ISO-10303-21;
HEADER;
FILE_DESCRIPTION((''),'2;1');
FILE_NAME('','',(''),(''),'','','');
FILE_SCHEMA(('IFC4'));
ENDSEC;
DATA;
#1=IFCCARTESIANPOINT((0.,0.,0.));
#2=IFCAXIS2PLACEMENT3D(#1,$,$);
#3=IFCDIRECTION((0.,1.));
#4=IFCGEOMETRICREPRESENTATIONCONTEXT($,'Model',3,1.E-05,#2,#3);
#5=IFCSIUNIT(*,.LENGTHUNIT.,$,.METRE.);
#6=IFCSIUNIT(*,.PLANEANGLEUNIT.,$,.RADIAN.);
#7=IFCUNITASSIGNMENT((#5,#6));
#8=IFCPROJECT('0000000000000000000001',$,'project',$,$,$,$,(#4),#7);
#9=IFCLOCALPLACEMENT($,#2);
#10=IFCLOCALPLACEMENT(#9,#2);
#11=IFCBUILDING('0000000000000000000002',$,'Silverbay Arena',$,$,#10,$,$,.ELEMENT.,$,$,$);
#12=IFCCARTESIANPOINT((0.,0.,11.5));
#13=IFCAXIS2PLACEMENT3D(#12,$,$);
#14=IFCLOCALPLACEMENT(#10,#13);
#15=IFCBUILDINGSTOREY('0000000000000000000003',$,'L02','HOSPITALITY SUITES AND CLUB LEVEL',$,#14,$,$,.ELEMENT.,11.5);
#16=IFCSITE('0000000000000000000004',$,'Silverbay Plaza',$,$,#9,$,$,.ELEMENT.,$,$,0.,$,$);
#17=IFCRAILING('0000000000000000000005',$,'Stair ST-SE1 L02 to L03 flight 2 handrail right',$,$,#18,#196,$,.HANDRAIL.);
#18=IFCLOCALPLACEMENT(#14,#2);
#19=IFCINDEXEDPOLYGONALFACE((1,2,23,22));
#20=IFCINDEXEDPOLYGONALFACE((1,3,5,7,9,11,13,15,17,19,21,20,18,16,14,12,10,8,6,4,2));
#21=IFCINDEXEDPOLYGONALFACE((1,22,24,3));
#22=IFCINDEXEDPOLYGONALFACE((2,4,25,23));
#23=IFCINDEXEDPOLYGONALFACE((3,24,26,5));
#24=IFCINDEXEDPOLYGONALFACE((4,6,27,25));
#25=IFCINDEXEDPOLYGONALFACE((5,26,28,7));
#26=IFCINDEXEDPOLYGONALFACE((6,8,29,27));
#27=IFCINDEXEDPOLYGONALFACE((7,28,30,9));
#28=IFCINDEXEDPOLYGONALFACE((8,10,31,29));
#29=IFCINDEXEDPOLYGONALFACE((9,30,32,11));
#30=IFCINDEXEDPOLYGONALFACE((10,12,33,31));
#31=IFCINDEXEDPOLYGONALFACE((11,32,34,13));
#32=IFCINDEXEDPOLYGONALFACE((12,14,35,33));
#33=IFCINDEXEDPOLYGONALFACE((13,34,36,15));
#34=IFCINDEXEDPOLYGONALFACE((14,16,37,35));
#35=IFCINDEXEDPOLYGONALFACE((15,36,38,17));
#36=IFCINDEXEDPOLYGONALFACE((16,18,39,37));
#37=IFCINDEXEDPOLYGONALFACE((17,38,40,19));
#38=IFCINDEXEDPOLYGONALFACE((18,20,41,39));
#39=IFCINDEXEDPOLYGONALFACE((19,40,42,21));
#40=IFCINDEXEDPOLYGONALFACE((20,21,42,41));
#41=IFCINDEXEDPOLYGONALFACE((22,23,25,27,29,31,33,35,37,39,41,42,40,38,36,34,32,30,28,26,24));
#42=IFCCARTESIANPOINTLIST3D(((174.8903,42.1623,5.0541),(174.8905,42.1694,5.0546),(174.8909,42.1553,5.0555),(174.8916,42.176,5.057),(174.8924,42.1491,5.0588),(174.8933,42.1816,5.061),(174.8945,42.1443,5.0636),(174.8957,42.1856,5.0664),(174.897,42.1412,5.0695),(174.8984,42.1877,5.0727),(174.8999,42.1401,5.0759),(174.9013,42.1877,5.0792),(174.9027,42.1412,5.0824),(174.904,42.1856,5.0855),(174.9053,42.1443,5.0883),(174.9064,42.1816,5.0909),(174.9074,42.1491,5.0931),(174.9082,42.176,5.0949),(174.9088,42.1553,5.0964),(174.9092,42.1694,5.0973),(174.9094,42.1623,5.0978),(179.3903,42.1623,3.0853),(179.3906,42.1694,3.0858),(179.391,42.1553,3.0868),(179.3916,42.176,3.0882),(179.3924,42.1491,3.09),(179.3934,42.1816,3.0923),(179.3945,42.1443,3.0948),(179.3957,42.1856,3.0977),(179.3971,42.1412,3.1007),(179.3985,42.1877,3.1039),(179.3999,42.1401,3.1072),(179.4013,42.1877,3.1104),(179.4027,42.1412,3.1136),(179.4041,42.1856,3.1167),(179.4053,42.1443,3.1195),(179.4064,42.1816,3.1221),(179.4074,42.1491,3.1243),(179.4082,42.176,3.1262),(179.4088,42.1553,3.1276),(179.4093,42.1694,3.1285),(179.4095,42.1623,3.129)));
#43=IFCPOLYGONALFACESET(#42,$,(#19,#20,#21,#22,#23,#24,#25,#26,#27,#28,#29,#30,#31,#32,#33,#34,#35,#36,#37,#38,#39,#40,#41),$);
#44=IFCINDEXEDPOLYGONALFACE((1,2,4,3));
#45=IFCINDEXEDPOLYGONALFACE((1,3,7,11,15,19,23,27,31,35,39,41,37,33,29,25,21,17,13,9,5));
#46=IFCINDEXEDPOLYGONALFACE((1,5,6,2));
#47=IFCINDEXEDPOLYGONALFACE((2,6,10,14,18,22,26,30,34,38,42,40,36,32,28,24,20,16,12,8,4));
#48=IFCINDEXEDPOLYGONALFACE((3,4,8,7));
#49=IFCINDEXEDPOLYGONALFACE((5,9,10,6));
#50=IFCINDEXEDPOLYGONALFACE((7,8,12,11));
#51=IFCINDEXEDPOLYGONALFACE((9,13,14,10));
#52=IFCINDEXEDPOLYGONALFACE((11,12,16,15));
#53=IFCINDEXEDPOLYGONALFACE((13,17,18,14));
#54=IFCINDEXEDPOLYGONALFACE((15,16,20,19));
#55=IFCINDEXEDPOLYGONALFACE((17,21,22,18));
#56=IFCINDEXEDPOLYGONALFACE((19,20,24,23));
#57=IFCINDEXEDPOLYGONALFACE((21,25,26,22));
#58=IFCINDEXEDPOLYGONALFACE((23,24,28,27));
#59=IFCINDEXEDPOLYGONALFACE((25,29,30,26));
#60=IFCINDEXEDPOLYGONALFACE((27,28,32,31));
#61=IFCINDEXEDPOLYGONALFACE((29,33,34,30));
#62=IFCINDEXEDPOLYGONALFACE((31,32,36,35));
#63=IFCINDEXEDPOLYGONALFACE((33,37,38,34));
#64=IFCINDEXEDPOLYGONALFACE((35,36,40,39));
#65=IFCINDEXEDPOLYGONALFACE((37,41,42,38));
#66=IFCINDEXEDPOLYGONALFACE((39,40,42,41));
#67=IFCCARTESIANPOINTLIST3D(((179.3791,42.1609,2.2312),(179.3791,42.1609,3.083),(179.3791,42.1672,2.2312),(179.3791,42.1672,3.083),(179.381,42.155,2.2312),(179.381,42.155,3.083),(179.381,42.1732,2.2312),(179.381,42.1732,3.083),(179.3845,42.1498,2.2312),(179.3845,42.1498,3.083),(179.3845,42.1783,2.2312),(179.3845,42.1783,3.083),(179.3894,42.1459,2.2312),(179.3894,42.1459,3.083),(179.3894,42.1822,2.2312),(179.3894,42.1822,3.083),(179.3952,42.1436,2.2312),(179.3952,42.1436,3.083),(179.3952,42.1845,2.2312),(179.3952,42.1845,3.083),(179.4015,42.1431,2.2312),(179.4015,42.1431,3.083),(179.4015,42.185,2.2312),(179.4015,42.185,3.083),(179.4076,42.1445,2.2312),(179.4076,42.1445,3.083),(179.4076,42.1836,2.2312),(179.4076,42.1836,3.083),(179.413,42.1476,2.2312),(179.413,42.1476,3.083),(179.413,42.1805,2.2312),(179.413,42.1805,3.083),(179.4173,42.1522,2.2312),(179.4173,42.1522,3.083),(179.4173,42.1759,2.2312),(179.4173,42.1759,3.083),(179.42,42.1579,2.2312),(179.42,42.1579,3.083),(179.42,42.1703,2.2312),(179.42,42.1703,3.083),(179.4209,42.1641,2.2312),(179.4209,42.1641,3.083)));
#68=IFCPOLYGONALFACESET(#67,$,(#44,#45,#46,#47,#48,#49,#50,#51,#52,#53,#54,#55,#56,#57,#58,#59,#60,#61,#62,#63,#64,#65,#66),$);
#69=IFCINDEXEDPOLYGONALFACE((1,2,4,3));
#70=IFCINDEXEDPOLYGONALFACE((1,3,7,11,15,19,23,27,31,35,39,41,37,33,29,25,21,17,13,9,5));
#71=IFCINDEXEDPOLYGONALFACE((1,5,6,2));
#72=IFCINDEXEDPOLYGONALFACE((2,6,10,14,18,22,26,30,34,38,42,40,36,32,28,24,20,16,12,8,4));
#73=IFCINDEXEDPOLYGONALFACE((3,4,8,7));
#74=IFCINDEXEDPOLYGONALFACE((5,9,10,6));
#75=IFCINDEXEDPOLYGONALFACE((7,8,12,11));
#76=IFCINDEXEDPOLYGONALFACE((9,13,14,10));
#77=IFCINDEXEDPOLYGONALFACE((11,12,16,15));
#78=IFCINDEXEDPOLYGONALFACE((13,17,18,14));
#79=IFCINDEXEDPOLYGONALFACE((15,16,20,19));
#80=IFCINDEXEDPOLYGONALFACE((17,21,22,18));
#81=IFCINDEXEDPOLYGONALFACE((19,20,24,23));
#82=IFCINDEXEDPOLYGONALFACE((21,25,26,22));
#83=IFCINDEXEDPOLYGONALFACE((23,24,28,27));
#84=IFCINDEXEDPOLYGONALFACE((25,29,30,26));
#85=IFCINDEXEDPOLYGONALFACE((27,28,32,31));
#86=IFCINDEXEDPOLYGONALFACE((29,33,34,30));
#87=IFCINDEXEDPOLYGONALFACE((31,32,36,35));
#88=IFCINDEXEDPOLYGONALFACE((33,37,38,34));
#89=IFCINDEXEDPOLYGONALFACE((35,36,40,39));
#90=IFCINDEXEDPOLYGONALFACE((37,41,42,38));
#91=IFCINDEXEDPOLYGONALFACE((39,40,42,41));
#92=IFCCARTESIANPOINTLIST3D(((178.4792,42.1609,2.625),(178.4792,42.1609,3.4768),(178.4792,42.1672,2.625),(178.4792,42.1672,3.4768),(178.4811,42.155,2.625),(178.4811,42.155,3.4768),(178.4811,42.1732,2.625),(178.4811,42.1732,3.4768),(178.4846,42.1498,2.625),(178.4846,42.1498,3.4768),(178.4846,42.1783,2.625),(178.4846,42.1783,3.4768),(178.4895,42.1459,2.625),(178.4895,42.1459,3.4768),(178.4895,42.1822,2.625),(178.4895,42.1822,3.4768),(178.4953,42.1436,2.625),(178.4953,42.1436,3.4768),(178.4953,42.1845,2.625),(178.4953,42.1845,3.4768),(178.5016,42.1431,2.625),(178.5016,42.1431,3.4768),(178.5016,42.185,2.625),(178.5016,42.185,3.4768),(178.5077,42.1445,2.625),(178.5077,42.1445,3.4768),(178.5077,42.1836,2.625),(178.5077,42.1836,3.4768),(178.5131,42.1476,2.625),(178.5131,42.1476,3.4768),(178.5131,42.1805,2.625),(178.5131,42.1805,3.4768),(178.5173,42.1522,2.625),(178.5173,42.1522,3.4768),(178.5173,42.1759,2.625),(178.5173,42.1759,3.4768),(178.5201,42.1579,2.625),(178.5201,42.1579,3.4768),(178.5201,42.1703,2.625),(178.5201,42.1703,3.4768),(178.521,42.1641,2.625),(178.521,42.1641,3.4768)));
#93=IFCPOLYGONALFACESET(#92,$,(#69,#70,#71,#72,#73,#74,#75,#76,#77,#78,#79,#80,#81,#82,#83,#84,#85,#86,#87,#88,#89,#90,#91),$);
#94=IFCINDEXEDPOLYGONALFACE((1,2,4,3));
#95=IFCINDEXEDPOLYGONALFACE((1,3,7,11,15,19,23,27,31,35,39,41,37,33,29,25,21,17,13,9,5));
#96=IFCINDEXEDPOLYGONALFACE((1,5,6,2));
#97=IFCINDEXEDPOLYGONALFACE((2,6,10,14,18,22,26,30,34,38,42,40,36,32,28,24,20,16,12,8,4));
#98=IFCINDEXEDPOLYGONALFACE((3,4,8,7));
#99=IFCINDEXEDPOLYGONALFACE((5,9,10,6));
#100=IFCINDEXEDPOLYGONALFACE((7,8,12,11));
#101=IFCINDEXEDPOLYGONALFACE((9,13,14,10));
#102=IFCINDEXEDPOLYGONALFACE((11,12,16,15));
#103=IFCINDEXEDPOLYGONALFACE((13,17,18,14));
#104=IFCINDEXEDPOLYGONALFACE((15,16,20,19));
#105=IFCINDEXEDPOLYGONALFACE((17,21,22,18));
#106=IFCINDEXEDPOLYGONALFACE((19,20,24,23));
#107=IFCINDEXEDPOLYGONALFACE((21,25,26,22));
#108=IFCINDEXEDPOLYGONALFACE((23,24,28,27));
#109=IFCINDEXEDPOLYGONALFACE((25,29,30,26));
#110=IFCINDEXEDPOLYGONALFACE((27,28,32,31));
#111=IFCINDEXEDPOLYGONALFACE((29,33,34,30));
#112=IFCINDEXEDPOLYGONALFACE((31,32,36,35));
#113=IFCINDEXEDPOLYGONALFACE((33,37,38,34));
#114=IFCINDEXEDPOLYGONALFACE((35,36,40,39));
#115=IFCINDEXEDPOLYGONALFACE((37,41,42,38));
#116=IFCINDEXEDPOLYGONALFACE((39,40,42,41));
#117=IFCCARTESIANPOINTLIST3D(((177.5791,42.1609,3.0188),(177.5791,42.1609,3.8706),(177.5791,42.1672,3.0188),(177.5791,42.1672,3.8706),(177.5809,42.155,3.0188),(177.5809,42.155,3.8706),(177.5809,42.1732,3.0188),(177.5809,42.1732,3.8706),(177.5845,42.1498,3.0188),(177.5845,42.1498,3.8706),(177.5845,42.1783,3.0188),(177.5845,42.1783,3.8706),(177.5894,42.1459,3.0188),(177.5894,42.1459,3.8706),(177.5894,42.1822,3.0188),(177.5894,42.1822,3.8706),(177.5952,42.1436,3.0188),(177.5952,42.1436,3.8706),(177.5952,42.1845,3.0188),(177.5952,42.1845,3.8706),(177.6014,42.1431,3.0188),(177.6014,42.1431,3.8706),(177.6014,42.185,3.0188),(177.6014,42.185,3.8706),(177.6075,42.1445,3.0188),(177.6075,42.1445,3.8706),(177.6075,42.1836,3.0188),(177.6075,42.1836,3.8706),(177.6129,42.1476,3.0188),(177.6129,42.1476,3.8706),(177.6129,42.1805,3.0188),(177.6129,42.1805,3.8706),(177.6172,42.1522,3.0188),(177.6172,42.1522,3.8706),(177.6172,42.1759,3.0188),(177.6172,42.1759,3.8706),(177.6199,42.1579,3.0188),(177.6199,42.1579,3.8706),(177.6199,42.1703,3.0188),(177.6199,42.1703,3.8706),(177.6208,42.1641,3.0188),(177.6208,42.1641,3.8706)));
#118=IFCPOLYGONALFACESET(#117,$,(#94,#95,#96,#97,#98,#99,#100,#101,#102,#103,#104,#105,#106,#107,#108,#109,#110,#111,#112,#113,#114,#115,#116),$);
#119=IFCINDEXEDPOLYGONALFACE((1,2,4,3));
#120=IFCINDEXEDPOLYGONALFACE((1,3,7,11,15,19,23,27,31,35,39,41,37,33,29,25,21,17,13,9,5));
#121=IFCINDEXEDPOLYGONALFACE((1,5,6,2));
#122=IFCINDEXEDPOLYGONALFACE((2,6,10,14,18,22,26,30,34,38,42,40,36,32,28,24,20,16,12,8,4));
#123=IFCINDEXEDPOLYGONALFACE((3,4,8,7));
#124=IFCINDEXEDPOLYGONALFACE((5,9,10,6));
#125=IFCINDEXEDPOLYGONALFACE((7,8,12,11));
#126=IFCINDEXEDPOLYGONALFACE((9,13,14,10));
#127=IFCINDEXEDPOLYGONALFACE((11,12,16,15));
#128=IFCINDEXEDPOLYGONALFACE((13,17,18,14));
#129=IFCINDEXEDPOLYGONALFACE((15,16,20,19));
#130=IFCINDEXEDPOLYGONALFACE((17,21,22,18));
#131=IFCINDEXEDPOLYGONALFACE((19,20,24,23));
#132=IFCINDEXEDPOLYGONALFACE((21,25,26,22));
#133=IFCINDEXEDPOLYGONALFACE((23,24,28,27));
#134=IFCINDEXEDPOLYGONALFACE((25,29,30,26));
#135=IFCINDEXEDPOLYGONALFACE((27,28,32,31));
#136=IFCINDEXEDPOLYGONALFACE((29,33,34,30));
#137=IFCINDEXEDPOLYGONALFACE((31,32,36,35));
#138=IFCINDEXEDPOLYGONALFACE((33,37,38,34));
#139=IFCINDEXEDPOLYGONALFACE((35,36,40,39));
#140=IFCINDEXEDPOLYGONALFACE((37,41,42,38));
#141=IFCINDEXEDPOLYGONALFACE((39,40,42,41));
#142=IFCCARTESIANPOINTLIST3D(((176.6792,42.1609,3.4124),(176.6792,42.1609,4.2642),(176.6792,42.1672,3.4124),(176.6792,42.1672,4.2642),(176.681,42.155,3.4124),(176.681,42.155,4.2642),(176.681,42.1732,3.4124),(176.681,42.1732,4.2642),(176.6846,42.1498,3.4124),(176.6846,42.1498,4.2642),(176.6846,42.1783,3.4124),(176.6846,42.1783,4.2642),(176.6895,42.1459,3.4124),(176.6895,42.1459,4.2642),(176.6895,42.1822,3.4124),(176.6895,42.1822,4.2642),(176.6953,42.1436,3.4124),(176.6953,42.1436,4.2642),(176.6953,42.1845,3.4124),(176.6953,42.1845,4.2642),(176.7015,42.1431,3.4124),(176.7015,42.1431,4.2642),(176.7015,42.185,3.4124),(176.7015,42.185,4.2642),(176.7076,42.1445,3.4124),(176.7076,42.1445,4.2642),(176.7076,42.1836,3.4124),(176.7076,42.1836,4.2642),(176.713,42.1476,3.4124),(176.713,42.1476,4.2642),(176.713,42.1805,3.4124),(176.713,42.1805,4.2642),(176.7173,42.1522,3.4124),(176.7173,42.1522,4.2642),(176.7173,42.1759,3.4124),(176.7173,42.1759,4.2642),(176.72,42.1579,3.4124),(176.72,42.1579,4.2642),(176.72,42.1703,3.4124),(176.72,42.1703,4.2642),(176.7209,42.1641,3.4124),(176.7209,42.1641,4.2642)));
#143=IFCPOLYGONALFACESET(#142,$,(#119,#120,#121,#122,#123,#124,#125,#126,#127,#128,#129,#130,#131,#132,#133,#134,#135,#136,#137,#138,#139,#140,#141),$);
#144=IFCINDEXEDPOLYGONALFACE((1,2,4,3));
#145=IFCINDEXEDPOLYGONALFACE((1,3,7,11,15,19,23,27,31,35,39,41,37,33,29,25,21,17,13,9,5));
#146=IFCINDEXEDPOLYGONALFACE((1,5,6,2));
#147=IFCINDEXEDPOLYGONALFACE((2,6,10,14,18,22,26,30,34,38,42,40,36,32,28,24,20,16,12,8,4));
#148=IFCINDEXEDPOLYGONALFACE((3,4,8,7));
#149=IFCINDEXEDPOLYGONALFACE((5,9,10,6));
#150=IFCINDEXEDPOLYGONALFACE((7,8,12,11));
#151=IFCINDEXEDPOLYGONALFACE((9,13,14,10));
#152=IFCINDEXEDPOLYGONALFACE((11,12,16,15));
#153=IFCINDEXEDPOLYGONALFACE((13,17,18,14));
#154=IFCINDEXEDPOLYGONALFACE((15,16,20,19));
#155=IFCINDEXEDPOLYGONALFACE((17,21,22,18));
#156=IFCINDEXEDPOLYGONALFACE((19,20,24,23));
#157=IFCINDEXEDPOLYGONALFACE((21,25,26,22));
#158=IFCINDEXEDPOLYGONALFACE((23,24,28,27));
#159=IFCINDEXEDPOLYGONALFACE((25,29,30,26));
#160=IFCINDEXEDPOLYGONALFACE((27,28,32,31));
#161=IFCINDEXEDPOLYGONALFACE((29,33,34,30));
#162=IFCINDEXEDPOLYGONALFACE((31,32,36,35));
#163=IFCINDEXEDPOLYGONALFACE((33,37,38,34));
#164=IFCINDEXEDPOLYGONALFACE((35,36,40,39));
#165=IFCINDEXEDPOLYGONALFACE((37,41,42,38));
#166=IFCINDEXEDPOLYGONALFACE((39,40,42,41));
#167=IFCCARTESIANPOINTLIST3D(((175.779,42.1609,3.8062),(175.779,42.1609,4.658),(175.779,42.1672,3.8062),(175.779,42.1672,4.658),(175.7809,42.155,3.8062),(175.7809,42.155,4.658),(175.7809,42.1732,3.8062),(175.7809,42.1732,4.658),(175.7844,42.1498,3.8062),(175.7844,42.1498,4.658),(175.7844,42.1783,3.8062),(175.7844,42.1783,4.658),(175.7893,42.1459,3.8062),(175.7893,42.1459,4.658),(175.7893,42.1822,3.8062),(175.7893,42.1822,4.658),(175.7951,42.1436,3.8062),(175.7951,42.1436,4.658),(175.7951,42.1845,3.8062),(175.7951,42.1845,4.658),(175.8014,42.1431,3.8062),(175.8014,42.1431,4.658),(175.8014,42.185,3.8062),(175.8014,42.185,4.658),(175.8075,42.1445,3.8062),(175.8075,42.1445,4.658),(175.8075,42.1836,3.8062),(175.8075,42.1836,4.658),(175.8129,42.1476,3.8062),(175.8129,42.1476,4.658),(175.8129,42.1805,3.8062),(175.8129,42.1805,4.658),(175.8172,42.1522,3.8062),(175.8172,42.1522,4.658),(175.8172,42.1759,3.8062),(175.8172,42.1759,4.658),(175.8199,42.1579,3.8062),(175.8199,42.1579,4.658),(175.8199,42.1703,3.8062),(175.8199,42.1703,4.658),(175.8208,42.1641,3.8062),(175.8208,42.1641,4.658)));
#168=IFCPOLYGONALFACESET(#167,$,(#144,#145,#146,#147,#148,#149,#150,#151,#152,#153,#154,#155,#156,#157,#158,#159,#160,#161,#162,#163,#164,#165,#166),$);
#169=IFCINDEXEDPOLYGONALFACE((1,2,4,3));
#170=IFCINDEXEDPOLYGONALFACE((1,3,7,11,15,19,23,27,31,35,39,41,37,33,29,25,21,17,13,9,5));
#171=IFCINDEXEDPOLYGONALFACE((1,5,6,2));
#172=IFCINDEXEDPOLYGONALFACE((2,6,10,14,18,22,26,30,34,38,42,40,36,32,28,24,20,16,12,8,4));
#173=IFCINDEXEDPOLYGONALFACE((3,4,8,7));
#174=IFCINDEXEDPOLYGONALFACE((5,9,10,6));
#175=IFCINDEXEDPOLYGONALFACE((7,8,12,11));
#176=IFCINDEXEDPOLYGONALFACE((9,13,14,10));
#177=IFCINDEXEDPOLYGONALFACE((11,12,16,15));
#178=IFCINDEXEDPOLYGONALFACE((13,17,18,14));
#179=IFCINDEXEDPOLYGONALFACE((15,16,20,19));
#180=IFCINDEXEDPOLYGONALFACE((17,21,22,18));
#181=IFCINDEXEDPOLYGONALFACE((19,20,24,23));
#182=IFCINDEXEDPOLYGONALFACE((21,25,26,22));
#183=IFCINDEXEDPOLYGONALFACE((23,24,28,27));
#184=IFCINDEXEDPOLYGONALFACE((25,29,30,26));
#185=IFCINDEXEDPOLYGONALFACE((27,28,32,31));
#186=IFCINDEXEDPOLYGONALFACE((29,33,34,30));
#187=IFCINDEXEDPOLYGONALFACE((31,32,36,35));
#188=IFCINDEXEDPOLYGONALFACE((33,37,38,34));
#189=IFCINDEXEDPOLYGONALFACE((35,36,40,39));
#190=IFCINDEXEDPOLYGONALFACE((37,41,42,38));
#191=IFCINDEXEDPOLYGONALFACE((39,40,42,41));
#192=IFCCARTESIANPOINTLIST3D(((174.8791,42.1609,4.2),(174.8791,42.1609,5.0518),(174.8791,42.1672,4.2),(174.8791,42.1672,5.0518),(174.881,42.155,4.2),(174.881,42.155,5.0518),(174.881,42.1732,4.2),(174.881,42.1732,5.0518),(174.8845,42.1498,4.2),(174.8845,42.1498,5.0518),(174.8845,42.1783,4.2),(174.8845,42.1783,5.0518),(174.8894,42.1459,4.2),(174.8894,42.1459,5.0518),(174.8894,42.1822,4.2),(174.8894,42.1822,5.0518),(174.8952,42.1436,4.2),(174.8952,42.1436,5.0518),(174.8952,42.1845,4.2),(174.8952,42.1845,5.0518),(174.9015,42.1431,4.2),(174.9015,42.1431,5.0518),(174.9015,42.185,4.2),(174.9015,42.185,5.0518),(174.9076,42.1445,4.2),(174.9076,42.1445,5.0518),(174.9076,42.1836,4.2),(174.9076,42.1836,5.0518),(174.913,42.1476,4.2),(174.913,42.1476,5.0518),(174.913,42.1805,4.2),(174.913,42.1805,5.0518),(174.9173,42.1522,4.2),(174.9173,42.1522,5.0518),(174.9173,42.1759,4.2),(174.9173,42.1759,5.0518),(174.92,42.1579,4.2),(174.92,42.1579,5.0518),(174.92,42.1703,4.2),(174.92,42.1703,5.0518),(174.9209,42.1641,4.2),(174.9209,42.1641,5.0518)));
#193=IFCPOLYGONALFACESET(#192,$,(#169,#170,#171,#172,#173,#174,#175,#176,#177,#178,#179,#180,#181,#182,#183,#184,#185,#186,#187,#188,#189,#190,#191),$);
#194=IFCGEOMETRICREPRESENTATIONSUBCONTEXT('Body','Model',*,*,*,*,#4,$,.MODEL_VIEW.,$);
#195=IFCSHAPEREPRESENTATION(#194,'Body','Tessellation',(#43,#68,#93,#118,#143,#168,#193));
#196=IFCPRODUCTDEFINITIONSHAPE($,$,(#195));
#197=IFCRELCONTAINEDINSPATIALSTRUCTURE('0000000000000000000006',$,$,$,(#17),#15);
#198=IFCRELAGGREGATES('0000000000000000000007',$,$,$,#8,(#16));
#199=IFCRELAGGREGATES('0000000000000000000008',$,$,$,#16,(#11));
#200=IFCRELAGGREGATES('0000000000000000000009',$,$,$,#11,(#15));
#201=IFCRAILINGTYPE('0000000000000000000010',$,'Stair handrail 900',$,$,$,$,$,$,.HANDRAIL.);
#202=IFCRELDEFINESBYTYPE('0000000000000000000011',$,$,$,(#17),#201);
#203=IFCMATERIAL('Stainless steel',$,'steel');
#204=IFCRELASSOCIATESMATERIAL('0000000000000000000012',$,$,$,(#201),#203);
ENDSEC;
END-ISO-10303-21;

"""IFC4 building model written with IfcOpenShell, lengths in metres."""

from ifc_helpers import new_model, si_unit, direction, frame, origin, origin_2d, place, context, subcontext, project, spatial, circle, extrude, material, type_object, element, save


model = new_model("IFC4")

# Units and contexts
model_context = context("Model", 3, precision=1e-05, world=origin(), true_north=direction((0.0, 1.0)))
body_context = subcontext(model_context, "Body", "Model", "MODEL_VIEW")
ifc_project = project(units=[si_unit("LENGTHUNIT", "METRE"), si_unit("PLANEANGLEUNIT", "RADIAN")], contexts=[model_context])

# Site, building, storey
site_placement = place(None, origin())
site = spatial("IfcSite", under=ifc_project, at=site_placement, Name="Silverbay Plaza", CompositionType="ELEMENT", RefElevation=0.0)
building_placement = place(site_placement, origin())
building = spatial("IfcBuilding", under=site, at=building_placement, Name="Silverbay Arena", CompositionType="ELEMENT")
storey_placement = place(building_placement, frame((0.0, 0.0, 11.5)))
storey = spatial("IfcBuildingStorey", under=building, at=storey_placement, Name="L02", Description="HOSPITALITY SUITES AND CLUB LEVEL", CompositionType="ELEMENT", Elevation=11.5)

# Railing
ifc_material_1 = material(Name="Stainless steel", Category="steel")
railing_type_1 = type_object("IfcRailingType", Name="Stair handrail 900", PredefinedType="HANDRAIL", material=ifc_material_1)
for number, where, name in (
    (1, (179.3999, 42.1641, 2.2312), "Stair ST-SE1 L02 to L03 flight 2 handrail right"),
):
    element("IfcRailing", number, at=place(storey_placement, frame(where)), inside=storey, type_object=railing_type_1, Name=name, PredefinedType="HANDRAIL", context=body_context, shape_type="SweptSolid", body=[
        extrude(circle(Radius=0.0239, at=origin_2d()), frame((0.0, 0.0, 0.876), z_axis=(-0.916157, 0.0, 0.400819), x_axis=(0.0, -1.0, 0.0)), (0.0, 0.0, 1.0), 4.9119),
        extrude(circle(Radius=0.021, at=origin_2d()), origin(), (0.0, 0.0, 1.0), 0.8518),
        extrude(circle(Radius=0.021, at=origin_2d()), frame((-0.8999, 0.0, 0.3938)), (0.0, 0.0, 1.0), 0.8518),
        extrude(circle(Radius=0.021, at=origin_2d()), frame((-1.8, 0.0, 0.7876)), (0.0, 0.0, 1.0), 0.8518),
        extrude(circle(Radius=0.021, at=origin_2d()), frame((-2.7, 0.0, 1.1812)), (0.0, 0.0, 1.0), 0.8518),
        extrude(circle(Radius=0.021, at=origin_2d()), frame((-3.6001, 0.0, 1.575)), (0.0, 0.0, 1.0), 0.8518),
        extrude(circle(Radius=0.021, at=origin_2d()), frame((-4.5, 0.0, 1.9688)), (0.0, 0.0, 1.0), 0.8518),
    ])

save(model, "model.ifc")
